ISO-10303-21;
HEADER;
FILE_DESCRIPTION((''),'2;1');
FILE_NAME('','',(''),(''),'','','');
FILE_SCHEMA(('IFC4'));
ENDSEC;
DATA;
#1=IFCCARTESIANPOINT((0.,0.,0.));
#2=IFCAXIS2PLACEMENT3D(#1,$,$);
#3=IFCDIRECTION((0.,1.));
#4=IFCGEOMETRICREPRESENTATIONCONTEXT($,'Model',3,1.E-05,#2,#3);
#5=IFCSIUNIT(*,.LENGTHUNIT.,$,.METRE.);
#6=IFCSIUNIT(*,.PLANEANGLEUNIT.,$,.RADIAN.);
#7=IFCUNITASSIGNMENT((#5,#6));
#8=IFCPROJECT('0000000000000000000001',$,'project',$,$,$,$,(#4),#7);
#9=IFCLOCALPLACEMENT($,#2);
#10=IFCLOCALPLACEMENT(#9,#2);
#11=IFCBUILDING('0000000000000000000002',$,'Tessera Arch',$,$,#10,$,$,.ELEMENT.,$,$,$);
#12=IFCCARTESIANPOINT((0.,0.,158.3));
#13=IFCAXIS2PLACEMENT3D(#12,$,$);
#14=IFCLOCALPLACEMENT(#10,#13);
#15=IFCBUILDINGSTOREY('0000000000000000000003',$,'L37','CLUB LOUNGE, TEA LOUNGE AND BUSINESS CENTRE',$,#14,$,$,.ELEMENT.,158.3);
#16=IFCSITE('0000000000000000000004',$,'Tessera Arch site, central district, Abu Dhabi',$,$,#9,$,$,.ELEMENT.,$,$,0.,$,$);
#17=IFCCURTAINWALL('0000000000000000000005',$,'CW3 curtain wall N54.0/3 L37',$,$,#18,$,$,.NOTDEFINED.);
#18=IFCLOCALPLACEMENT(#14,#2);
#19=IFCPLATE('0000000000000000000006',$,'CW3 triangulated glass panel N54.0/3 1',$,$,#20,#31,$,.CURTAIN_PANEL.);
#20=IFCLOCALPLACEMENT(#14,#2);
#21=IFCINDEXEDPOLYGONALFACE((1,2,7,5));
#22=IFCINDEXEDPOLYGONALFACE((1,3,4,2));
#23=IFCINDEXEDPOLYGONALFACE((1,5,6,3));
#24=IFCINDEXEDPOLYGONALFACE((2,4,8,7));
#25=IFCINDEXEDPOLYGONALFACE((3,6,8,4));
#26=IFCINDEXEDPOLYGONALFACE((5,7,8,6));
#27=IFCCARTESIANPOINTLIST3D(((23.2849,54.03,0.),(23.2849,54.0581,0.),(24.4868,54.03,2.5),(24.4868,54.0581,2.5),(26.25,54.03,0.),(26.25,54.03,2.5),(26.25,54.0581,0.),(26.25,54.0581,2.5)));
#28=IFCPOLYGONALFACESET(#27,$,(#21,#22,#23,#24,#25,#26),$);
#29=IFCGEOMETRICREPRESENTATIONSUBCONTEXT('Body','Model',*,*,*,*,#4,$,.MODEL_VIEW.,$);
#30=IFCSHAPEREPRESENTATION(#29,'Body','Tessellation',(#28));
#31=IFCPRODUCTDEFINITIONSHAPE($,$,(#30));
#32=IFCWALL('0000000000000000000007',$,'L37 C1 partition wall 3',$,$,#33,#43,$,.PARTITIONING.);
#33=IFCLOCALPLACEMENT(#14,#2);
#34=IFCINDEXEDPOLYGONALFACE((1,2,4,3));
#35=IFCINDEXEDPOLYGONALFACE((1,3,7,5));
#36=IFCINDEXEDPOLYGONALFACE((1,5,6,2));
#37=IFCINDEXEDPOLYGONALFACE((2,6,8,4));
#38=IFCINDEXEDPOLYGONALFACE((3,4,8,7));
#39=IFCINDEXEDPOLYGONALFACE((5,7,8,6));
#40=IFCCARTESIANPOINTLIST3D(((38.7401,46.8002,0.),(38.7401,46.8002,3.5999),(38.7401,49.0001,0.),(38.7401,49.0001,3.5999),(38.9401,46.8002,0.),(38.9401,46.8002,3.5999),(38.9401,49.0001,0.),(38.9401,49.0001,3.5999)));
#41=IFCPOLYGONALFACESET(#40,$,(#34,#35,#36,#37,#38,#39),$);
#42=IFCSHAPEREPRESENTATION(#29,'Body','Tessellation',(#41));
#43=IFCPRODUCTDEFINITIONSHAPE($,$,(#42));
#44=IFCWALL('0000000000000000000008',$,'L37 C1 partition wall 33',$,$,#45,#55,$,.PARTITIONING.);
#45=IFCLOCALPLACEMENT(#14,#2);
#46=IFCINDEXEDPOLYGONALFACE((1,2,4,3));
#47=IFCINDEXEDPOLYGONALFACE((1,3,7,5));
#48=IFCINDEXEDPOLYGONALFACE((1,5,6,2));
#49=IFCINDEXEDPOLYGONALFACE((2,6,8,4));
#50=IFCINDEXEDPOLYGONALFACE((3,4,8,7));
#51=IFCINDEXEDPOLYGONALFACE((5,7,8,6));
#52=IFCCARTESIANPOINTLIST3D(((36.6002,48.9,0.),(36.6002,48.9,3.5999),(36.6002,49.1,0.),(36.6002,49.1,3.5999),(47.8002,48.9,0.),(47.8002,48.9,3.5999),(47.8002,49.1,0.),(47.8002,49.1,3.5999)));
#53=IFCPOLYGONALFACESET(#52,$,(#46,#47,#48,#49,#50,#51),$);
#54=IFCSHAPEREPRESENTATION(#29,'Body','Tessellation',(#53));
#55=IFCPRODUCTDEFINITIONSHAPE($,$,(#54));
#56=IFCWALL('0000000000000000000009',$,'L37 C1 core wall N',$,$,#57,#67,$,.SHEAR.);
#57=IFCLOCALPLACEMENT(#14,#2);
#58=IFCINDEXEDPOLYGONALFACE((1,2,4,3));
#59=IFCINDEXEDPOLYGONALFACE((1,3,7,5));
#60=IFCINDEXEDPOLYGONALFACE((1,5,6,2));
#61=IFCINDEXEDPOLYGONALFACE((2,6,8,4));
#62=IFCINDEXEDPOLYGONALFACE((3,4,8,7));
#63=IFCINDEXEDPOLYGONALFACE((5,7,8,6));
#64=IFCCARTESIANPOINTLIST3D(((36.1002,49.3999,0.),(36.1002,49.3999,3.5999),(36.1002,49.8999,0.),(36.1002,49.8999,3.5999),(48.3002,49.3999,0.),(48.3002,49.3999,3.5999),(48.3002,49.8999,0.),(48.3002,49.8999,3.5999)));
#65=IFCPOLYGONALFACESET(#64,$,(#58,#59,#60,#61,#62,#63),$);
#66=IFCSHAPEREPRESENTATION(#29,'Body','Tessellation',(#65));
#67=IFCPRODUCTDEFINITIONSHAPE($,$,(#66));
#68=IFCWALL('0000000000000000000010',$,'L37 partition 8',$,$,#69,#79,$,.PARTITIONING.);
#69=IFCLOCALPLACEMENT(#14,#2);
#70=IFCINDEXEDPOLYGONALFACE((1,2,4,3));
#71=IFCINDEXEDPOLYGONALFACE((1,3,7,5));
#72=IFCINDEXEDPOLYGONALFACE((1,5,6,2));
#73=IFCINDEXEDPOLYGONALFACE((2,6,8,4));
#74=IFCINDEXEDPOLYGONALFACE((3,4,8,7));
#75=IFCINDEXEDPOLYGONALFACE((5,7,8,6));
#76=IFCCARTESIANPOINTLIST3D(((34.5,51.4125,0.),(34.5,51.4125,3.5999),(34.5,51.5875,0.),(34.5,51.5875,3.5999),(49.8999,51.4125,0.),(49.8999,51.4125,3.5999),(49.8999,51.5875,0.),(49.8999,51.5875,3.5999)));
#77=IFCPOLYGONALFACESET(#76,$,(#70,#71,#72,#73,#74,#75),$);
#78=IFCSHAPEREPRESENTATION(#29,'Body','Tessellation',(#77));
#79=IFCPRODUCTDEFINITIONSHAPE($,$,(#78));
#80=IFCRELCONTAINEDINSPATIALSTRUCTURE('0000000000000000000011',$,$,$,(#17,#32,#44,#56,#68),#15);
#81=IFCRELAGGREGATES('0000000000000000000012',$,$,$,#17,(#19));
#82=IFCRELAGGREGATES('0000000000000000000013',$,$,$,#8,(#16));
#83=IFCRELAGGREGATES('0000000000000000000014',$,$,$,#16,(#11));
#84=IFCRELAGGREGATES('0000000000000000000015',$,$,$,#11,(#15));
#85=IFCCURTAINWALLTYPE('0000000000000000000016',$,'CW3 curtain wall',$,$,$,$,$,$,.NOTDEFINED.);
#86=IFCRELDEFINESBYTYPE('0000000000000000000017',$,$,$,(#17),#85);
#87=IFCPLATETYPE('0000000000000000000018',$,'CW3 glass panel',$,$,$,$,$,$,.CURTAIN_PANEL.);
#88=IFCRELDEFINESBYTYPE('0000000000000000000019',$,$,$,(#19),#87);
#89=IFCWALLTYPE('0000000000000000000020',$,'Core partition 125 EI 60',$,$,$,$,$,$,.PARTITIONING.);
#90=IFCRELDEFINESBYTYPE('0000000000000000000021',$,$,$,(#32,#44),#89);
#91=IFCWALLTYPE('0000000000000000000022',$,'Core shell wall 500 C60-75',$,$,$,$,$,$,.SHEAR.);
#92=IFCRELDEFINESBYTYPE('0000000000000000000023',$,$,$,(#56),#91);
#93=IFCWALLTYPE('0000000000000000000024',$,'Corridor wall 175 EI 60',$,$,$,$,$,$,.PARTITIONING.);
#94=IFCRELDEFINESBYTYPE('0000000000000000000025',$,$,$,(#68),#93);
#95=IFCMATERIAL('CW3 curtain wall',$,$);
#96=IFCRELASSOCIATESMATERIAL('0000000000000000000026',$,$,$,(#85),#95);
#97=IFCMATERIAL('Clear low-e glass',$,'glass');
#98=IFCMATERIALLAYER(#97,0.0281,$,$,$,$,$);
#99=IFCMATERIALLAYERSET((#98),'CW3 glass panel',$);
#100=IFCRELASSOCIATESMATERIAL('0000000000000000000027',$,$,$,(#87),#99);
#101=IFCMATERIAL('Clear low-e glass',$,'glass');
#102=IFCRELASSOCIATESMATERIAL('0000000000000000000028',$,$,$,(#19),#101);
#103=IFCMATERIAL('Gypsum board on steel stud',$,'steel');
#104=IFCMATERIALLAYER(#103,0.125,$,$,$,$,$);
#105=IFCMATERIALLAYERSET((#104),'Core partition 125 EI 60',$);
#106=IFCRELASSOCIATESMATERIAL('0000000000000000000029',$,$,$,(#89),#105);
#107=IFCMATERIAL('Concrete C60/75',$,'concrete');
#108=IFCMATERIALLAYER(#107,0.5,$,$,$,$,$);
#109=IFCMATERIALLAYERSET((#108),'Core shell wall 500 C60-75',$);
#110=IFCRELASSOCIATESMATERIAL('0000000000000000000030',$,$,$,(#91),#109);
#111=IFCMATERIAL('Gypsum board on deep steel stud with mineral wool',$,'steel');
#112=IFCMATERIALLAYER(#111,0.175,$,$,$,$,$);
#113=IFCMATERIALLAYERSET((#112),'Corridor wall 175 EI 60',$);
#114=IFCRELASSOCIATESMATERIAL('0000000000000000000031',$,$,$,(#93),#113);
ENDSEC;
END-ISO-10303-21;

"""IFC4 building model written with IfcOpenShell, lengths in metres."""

from ifc_helpers import new_model, si_unit, direction, frame, frame_2d, origin, place, context, subcontext, project, spatial, polyline, rectangle, outline, extrude, material, layer, layer_set, type_object, element, aggregate, save


model = new_model("IFC4")

# Units and contexts
model_context = context("Model", 3, precision=1e-05, world=origin(), true_north=direction((0.0, 1.0)))
body_context = subcontext(model_context, "Body", "Model", "MODEL_VIEW")
ifc_project = project(units=[si_unit("LENGTHUNIT", "METRE"), si_unit("PLANEANGLEUNIT", "RADIAN")], contexts=[model_context])

# Site, building, storey
site_placement = place(None, origin())
site = spatial("IfcSite", under=ifc_project, at=site_placement, Name="Tessera Arch site, central district, Abu Dhabi", CompositionType="ELEMENT", RefElevation=0.0)
building_placement = place(site_placement, origin())
building = spatial("IfcBuilding", under=site, at=building_placement, Name="Tessera Arch", CompositionType="ELEMENT")
storey_placement = place(building_placement, frame((0.0, 0.0, 158.3)))
storey = spatial("IfcBuildingStorey", under=building, at=storey_placement, Name="L37", Description="CLUB LOUNGE, TEA LOUNGE AND BUSINESS CENTRE", CompositionType="ELEMENT", Elevation=158.3)

# Curtain wall
ifc_material_1 = material(Name="CW3 curtain wall")
curtain_wall_type_1 = type_object("IfcCurtainWallType", Name="CW3 curtain wall", PredefinedType="NOTDEFINED", material=ifc_material_1)
curtain_wall_1_placement = place(storey_placement, origin())
curtain_wall_1 = element("IfcCurtainWall", 1, at=curtain_wall_1_placement, inside=storey, type_object=curtain_wall_type_1, Name="CW3 curtain wall N54.0/3 L37", PredefinedType="NOTDEFINED")

# Shared definitions
ifc_material_2 = material(Name="Clear low-e glass", Category="glass")

# Shared definitions
ifc_material_3 = material(Name="Clear low-e glass", Category="glass")
ifc_layer_1 = layer(ifc_material_3, 0.0281)
ifc_layer_set_1 = layer_set([ifc_layer_1], Name="CW3 glass panel")
plate_type_1 = type_object("IfcPlateType", Name="CW3 glass panel", PredefinedType="CURTAIN_PANEL", material=ifc_layer_set_1)

# Plate
plate_1_placement = place(storey_placement, frame((26.25, 54.0581, 0.0), z_axis=(0.0, 1.0, 0.0), x_axis=(-1.0, 0.0, 0.0)))
plate_1 = element("IfcPlate", 2, at=plate_1_placement, type_object=plate_type_1, material=ifc_material_2, Name="CW3 triangulated glass panel N54.0/3 1", PredefinedType="CURTAIN_PANEL", context=body_context, shape_type="SweptSolid", body=[
    extrude(outline(polyline([(0.0, 0.0), (2.9651, 0.0), (1.7632, 2.5), (0.0, 2.5), (0.0, 0.0)])), origin(), (0.0, 0.0, -1.0), 0.0281),
])
aggregate(curtain_wall_1, [plate_1])

# Walls
ifc_material_4 = material(Name="Gypsum board on steel stud", Category="steel")
ifc_layer_2 = layer(ifc_material_4, 0.125)
ifc_layer_set_2 = layer_set([ifc_layer_2], Name="Core partition 125 EI 60")
wall_type_1 = type_object("IfcWallType", Name="Core partition 125 EI 60", PredefinedType="PARTITIONING", material=ifc_layer_set_2)
wall_1_placement = place(storey_placement, frame((38.8401, 46.8, 0.0), z_axis=(0.0, 0.0, 1.0), x_axis=(0.0, 1.0, 0.0)))
element("IfcWall", 3, at=wall_1_placement, inside=storey, type_object=wall_type_1, Name="L37 C1 partition wall 3", PredefinedType="PARTITIONING", context=body_context, shape_type="SweptSolid", body=[
    extrude(rectangle(XDim=2.2, YDim=0.2, at=frame_2d((1.1001, 0.0))), origin(), (0.0, 0.0, 1.0), 3.5999),
])
wall_2_placement = place(storey_placement, frame((36.6001, 49.0, 0.0), z_axis=(0.0, 0.0, 1.0), x_axis=(1.0, 0.0, 0.0)))
element("IfcWall", 4, at=wall_2_placement, inside=storey, type_object=wall_type_1, Name="L37 C1 partition wall 33", PredefinedType="PARTITIONING", context=body_context, shape_type="SweptSolid", body=[
    extrude(rectangle(XDim=11.2, YDim=0.2, at=frame_2d((5.6001, 0.0))), origin(), (0.0, 0.0, 1.0), 3.5999),
])
ifc_material_5 = material(Name="Concrete C60/75", Category="concrete")
ifc_layer_3 = layer(ifc_material_5, 0.5)
ifc_layer_set_3 = layer_set([ifc_layer_3], Name="Core shell wall 500 C60-75")
wall_type_2 = type_object("IfcWallType", Name="Core shell wall 500 C60-75", PredefinedType="SHEAR", material=ifc_layer_set_3)
wall_3_placement = place(storey_placement, frame((36.1001, 49.6499, 0.0), z_axis=(0.0, 0.0, 1.0), x_axis=(1.0, 0.0, 0.0)))
element("IfcWall", 5, at=wall_3_placement, inside=storey, type_object=wall_type_2, Name="L37 C1 core wall N", PredefinedType="SHEAR", context=body_context, shape_type="SweptSolid", body=[
    extrude(rectangle(XDim=12.2, YDim=0.5, at=frame_2d((6.1001, 0.0))), origin(), (0.0, 0.0, 1.0), 3.5999),
])
ifc_material_6 = material(Name="Gypsum board on deep steel stud with mineral wool", Category="steel")
ifc_layer_4 = layer(ifc_material_6, 0.175)
ifc_layer_set_4 = layer_set([ifc_layer_4], Name="Corridor wall 175 EI 60")
wall_type_3 = type_object("IfcWallType", Name="Corridor wall 175 EI 60", PredefinedType="PARTITIONING", material=ifc_layer_set_4)
wall_4_placement = place(storey_placement, frame((34.5, 51.5, 0.0), z_axis=(0.0, 0.0, 1.0), x_axis=(1.0, 0.0, 0.0)))
element("IfcWall", 6, at=wall_4_placement, inside=storey, type_object=wall_type_3, Name="L37 partition 8", PredefinedType="PARTITIONING", context=body_context, shape_type="SweptSolid", body=[
    extrude(rectangle(XDim=15.3999, YDim=0.175, at=frame_2d((7.7, 0.0))), origin(), (0.0, 0.0, 1.0), 3.5999),
])

save(model, "model.ifc")
